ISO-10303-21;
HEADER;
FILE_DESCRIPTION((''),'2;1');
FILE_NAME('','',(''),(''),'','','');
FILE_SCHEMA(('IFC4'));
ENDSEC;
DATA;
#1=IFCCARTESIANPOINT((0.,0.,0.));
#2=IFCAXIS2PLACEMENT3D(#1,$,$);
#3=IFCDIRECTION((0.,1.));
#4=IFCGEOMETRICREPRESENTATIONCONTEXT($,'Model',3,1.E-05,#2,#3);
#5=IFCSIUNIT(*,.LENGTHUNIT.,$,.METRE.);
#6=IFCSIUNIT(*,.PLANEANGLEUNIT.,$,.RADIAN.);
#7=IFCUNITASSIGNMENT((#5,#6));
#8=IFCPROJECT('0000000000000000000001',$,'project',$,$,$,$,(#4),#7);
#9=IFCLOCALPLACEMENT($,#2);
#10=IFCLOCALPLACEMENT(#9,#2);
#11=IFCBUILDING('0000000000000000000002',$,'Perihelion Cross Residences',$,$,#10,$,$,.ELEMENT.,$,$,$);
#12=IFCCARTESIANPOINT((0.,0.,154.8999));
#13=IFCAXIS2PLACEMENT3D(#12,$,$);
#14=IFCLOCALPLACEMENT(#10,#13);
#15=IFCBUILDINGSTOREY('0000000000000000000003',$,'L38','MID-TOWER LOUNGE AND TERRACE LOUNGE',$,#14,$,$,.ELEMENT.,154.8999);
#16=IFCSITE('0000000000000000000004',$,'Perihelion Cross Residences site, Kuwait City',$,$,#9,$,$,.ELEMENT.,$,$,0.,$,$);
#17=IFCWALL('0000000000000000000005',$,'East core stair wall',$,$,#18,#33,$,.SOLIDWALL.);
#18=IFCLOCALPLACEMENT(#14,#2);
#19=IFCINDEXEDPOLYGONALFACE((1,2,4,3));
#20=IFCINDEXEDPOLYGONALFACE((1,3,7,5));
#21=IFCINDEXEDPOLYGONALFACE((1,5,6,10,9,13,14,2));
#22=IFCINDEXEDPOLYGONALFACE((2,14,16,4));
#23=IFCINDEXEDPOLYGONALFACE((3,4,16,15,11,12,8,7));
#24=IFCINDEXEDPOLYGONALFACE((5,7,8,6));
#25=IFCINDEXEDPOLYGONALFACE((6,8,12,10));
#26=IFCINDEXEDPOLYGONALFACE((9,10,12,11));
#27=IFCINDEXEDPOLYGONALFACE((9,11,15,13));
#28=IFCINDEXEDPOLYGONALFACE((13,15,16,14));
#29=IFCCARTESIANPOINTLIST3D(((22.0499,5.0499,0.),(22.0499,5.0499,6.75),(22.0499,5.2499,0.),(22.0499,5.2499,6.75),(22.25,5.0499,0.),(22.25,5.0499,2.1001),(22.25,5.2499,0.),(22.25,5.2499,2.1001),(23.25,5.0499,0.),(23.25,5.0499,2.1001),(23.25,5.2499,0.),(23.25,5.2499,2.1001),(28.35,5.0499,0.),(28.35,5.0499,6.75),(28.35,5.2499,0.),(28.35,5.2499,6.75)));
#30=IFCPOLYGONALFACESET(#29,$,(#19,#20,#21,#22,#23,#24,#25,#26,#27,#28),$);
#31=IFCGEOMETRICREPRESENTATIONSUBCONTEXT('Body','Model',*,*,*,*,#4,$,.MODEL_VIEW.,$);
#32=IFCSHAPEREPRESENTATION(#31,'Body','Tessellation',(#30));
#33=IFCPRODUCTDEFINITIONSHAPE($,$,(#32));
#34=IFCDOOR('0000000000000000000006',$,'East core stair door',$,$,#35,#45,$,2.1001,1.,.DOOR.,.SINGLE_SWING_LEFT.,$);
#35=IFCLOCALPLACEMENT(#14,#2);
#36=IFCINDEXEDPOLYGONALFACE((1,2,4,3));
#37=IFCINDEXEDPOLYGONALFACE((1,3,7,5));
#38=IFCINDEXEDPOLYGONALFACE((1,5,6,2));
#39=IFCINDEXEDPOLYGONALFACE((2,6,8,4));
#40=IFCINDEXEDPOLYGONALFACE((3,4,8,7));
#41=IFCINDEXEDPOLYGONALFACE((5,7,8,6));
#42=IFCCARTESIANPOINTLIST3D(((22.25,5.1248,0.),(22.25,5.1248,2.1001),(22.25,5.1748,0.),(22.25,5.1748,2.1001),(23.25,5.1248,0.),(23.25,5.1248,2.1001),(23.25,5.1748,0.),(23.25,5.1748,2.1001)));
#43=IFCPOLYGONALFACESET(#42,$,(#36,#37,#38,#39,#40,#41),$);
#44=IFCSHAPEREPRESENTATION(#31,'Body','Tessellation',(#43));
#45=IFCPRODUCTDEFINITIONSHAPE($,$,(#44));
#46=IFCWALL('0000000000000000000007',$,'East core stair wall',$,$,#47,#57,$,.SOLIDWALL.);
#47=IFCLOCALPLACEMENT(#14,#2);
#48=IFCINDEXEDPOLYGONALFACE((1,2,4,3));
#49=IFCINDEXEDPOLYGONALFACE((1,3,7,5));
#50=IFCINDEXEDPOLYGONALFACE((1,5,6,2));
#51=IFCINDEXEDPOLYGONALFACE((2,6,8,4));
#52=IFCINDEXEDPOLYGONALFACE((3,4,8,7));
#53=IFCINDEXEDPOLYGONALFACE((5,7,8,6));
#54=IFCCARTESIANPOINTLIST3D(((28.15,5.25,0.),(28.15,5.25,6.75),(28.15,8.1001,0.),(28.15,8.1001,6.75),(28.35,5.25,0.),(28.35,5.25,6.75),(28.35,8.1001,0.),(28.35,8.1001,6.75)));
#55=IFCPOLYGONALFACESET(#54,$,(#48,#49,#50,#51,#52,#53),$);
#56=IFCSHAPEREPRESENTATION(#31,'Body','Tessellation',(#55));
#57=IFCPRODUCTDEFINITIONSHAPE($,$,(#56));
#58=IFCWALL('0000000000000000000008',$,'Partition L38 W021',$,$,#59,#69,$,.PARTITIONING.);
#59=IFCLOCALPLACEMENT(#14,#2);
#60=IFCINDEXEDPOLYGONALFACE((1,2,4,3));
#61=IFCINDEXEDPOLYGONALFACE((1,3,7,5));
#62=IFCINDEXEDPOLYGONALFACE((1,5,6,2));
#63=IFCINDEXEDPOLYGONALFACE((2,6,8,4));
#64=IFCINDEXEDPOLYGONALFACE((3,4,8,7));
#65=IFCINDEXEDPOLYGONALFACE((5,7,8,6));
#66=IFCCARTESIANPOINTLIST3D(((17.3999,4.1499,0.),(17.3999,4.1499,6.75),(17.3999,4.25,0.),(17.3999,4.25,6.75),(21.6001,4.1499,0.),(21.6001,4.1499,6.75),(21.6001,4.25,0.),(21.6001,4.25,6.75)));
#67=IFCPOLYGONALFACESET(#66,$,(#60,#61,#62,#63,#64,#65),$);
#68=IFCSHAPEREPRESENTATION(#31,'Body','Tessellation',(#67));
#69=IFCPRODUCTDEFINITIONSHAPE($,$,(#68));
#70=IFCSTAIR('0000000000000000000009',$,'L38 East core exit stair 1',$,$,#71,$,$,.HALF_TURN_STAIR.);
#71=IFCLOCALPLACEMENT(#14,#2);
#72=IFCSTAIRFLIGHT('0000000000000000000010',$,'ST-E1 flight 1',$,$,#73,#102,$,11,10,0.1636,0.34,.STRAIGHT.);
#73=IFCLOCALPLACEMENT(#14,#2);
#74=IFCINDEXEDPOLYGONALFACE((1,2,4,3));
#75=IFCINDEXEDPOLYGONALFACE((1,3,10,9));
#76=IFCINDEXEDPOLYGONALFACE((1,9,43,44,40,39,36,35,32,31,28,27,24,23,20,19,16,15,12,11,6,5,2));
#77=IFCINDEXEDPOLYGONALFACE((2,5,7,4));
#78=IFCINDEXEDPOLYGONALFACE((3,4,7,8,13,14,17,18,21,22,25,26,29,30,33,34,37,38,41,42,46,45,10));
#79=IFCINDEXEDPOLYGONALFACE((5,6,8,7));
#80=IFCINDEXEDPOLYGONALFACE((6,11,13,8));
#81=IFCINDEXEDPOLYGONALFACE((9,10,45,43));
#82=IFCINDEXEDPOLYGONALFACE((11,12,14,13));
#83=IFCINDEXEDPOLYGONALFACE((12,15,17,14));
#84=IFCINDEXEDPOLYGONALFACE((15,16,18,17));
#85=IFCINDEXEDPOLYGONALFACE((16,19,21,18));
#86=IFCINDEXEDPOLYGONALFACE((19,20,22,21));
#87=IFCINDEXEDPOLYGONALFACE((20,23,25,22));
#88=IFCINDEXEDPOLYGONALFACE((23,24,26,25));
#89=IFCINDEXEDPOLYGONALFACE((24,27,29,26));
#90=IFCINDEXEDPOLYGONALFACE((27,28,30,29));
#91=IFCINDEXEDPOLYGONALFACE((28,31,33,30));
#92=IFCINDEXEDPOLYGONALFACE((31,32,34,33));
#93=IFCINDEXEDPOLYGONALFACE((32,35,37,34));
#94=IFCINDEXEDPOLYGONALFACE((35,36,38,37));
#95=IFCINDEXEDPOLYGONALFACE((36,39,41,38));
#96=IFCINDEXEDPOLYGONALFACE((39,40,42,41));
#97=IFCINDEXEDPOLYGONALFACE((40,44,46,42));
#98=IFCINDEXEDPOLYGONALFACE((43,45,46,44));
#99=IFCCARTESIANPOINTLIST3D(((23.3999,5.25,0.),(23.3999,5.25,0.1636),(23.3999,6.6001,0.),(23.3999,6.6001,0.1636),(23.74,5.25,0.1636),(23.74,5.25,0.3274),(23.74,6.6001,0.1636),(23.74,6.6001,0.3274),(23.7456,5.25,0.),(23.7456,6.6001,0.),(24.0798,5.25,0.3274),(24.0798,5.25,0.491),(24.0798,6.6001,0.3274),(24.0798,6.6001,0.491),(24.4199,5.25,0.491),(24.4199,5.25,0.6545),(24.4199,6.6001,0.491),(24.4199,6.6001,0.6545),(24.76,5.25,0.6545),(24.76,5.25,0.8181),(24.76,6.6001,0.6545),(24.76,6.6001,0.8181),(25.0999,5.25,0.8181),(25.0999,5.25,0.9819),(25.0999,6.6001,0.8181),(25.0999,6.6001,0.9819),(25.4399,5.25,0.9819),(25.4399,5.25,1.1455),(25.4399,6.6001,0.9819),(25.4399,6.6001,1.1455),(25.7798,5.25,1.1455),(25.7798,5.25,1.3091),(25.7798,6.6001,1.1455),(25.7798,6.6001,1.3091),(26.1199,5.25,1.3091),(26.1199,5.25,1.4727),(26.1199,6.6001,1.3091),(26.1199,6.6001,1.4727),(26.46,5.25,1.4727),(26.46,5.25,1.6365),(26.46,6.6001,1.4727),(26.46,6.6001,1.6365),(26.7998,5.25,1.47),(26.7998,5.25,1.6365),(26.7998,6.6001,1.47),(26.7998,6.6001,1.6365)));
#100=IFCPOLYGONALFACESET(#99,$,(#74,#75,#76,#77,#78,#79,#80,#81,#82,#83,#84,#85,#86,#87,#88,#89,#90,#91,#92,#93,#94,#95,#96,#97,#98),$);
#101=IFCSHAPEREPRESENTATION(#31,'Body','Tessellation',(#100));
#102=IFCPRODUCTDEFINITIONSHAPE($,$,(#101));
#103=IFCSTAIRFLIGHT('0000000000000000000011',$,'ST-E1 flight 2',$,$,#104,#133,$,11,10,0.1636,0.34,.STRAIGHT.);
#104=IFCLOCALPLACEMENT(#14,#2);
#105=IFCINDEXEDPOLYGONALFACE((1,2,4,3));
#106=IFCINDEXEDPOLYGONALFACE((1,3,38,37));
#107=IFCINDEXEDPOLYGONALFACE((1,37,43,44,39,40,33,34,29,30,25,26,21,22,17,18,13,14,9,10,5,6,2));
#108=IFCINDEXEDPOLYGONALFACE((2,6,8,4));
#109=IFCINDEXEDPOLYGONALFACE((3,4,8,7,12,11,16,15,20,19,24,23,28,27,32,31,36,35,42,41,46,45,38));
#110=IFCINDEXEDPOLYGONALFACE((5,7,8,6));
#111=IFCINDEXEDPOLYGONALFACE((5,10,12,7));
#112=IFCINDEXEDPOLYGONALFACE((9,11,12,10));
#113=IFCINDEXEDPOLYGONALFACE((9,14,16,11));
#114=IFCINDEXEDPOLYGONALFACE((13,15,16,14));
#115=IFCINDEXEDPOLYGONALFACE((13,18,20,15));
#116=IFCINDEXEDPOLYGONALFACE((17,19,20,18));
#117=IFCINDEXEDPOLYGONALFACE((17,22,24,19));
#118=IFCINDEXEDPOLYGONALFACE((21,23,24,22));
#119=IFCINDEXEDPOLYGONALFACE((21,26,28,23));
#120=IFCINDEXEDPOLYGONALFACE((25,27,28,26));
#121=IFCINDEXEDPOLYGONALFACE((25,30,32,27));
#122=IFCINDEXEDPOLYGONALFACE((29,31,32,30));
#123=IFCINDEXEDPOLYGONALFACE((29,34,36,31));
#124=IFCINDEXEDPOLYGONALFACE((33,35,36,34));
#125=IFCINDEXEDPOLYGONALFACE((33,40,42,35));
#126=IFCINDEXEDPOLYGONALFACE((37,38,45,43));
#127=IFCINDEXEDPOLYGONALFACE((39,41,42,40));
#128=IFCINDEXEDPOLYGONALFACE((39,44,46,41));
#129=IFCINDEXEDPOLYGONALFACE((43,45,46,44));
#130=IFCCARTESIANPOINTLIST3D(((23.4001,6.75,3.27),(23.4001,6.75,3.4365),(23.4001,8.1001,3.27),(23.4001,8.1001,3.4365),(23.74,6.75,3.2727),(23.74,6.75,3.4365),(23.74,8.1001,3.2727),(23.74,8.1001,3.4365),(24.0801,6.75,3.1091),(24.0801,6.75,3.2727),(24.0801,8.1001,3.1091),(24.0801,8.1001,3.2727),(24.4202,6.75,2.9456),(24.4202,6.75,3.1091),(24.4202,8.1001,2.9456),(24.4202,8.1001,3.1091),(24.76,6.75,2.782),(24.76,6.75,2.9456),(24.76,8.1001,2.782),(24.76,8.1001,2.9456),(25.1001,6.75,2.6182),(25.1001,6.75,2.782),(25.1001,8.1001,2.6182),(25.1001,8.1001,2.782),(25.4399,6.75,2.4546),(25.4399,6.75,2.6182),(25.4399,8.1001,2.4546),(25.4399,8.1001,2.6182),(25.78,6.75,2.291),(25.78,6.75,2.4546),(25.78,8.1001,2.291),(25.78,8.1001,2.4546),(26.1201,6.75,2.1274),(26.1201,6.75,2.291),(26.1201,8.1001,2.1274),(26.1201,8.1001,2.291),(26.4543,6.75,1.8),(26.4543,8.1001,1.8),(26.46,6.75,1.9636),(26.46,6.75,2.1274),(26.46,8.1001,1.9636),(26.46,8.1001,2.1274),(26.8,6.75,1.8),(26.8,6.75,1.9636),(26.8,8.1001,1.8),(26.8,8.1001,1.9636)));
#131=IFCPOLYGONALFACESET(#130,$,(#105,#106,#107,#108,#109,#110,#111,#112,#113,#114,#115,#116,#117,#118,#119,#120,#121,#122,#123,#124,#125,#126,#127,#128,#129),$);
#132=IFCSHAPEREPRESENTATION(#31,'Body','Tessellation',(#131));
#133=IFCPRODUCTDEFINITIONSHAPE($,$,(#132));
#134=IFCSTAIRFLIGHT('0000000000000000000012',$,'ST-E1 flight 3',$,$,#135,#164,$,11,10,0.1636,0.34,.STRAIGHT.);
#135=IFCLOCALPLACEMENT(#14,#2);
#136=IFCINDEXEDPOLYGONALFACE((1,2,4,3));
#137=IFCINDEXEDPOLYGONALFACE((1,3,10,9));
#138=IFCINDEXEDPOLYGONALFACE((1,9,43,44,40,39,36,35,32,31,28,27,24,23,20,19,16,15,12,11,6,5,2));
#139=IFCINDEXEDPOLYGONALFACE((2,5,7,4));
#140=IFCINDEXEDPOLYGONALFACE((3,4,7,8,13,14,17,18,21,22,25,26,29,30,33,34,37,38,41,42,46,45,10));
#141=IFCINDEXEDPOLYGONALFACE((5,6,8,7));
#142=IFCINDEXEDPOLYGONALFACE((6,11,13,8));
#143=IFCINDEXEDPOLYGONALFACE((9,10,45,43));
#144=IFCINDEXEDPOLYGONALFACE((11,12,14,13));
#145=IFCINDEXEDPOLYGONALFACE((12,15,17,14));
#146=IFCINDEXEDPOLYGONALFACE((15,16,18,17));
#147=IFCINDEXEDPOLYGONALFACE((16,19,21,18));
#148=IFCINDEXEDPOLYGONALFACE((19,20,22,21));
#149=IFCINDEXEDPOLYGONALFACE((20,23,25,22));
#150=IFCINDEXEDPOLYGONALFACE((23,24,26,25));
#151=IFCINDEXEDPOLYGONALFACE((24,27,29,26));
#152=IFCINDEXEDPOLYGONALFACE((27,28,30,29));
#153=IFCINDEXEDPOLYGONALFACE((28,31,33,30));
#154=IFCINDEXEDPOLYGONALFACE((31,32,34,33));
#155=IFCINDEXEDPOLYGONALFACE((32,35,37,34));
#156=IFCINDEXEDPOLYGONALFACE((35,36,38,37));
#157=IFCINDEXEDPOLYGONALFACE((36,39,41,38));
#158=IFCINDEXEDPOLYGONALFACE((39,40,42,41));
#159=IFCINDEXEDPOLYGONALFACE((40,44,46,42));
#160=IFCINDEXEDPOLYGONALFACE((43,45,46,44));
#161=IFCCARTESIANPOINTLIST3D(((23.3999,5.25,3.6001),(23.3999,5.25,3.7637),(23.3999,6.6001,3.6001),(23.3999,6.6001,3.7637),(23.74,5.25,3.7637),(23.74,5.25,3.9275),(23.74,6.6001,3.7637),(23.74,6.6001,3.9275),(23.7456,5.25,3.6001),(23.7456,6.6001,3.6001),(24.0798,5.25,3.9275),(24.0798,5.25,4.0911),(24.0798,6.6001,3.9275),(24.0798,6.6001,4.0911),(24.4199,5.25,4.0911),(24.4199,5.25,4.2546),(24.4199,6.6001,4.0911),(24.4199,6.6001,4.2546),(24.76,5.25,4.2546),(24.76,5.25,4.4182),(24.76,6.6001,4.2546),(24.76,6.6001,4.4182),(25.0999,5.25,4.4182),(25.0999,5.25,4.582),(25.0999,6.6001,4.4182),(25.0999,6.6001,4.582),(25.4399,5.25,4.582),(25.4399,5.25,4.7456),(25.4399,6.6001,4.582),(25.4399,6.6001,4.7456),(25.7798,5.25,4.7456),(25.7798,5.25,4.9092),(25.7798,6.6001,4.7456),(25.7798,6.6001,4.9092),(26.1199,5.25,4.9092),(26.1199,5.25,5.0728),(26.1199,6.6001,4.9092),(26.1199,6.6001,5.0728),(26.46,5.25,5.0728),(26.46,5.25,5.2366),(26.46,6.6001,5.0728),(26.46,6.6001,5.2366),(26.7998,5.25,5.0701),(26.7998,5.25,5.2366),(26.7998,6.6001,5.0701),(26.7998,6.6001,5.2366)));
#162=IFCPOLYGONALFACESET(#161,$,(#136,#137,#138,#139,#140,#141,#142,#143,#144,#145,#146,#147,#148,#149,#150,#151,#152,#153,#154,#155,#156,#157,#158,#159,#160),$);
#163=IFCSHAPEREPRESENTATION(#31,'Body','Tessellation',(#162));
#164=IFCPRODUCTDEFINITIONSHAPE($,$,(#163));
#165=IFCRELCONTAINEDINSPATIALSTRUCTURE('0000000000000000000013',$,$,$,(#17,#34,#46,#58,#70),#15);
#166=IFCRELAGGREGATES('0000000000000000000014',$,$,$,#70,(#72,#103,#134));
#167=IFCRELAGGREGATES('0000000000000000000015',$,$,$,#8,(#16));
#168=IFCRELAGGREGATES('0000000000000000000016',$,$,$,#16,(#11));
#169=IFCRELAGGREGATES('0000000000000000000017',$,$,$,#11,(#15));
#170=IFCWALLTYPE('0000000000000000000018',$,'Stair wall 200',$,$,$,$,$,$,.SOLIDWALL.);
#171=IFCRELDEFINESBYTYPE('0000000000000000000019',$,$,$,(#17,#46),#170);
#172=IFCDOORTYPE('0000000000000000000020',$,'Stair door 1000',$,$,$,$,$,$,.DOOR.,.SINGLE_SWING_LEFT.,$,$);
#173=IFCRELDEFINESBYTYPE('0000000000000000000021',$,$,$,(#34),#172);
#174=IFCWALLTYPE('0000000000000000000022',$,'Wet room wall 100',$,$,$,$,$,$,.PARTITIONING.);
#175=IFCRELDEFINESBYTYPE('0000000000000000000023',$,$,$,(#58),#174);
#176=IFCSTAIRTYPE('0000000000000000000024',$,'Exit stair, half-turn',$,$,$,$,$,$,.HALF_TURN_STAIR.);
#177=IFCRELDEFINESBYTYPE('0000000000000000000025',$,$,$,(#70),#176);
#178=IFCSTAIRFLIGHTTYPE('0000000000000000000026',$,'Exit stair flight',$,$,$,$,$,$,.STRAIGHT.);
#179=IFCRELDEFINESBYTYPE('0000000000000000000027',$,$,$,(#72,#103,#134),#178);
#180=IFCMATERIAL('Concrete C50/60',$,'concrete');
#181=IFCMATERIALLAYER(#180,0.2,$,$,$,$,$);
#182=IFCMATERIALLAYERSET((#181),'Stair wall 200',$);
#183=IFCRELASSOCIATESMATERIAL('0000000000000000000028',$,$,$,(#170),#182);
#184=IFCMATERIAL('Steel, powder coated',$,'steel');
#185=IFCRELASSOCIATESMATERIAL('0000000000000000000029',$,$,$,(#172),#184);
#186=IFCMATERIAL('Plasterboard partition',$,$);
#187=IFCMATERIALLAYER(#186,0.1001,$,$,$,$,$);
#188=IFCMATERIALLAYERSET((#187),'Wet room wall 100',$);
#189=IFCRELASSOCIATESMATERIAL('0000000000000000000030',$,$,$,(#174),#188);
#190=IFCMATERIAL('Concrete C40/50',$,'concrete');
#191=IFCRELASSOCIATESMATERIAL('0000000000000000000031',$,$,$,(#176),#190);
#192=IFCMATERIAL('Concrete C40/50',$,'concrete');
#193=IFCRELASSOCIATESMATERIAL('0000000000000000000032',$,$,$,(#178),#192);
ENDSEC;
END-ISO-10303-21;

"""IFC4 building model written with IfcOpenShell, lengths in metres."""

from ifc_helpers import new_model, si_unit, direction, frame, frame_2d, origin, place, context, subcontext, project, spatial, polyline, rectangle, outline, extrude, material, layer, layer_set, type_object, element, fill, aggregate, save


model = new_model("IFC4")

# Units and contexts
model_context = context("Model", 3, precision=1e-05, world=origin(), true_north=direction((0.0, 1.0)))
body_context = subcontext(model_context, "Body", "Model", "MODEL_VIEW")
ifc_project = project(units=[si_unit("LENGTHUNIT", "METRE"), si_unit("PLANEANGLEUNIT", "RADIAN")], contexts=[model_context])

# Site, building, storey
site_placement = place(None, origin())
site = spatial("IfcSite", under=ifc_project, at=site_placement, Name="Perihelion Cross Residences site, Kuwait City", CompositionType="ELEMENT", RefElevation=0.0)
building_placement = place(site_placement, origin())
building = spatial("IfcBuilding", under=site, at=building_placement, Name="Perihelion Cross Residences", CompositionType="ELEMENT")
storey_placement = place(building_placement, frame((0.0, 0.0, 154.8999)))
storey = spatial("IfcBuildingStorey", under=building, at=storey_placement, Name="L38", Description="MID-TOWER LOUNGE AND TERRACE LOUNGE", CompositionType="ELEMENT", Elevation=154.8999)

# Wall, opening, door
ifc_material_1 = material(Name="Concrete C50/60", Category="concrete")
ifc_layer_1 = layer(ifc_material_1, 0.2)
ifc_layer_set_1 = layer_set([ifc_layer_1], Name="Stair wall 200")
wall_type_1 = type_object("IfcWallType", Name="Stair wall 200", PredefinedType="SOLIDWALL", material=ifc_layer_set_1)
wall_1_placement = place(storey_placement, frame((22.05, 5.1499, 0.0), z_axis=(0.0, 0.0, 1.0), x_axis=(1.0, 0.0, 0.0)))
wall_1 = element("IfcWall", 1, at=wall_1_placement, inside=storey, type_object=wall_type_1, Name="East core stair wall", PredefinedType="SOLIDWALL", context=body_context, shape_type="SweptSolid", body=[
    extrude(rectangle(XDim=6.3, YDim=0.2, at=frame_2d((3.1499, 0.0))), origin(), (0.0, 0.0, 1.0), 6.75),
])
opening_1_placement = place(wall_1_placement, frame((0.2, 0.0, 0.0)))
opening_1 = element("IfcOpeningElement", 2, at=opening_1_placement, cuts=wall_1, PredefinedType="OPENING", context=body_context, shape_type="SweptSolid", body=[
    extrude(rectangle(XDim=1.0, YDim=2.1001, at=frame_2d((0.5, 1.05))), frame((0.0, 0.1099, 0.0), z_axis=(0.0, -1.0, 0.0), x_axis=(1.0, 0.0, 0.0)), (0.0, 0.0, 1.0), 0.22),
])
ifc_material_2 = material(Name="Steel, powder coated", Category="steel")
door_type_1 = type_object("IfcDoorType", Name="Stair door 1000", OperationType="SINGLE_SWING_LEFT", PredefinedType="DOOR", material=ifc_material_2)
door_1_placement = place(opening_1_placement, origin())
door_1 = element("IfcDoor", 3, at=door_1_placement, inside=storey, type_object=door_type_1, Name="East core stair door", OperationType="SINGLE_SWING_LEFT", OverallHeight=2.1001, OverallWidth=1.0, PredefinedType="DOOR", context=body_context, shape_type="SweptSolid", body=[
    extrude(rectangle(XDim=1.0, YDim=2.1001, at=frame_2d((0.5, 1.05))), frame((0.0, 0.0249, 0.0), z_axis=(0.0, -1.0, 0.0), x_axis=(1.0, 0.0, 0.0)), (0.0, 0.0, 1.0), 0.05),
])
fill(opening_1, door_1)

# Walls
wall_2_placement = place(storey_placement, frame((28.25, 5.25, 0.0), z_axis=(0.0, 0.0, 1.0), x_axis=(0.0, 1.0, 0.0)))
element("IfcWall", 4, at=wall_2_placement, inside=storey, type_object=wall_type_1, Name="East core stair wall", PredefinedType="SOLIDWALL", context=body_context, shape_type="SweptSolid", body=[
    extrude(rectangle(XDim=2.8501, YDim=0.2, at=frame_2d((1.425, 0.0))), origin(), (0.0, 0.0, 1.0), 6.75),
])
ifc_material_3 = material(Name="Plasterboard partition")
ifc_layer_2 = layer(ifc_material_3, 0.1001)
ifc_layer_set_2 = layer_set([ifc_layer_2], Name="Wet room wall 100")
wall_type_2 = type_object("IfcWallType", Name="Wet room wall 100", PredefinedType="PARTITIONING", material=ifc_layer_set_2)
wall_3_placement = place(storey_placement, frame((21.6001, 4.2, 0.0), z_axis=(0.0, 0.0, 1.0), x_axis=(-1.0, 0.0, 0.0)))
element("IfcWall", 5, at=wall_3_placement, inside=storey, type_object=wall_type_2, Name="Partition L38 W021", PredefinedType="PARTITIONING", context=body_context, shape_type="SweptSolid", body=[
    extrude(rectangle(XDim=4.2002, YDim=0.1001, at=frame_2d((2.1001, 0.0))), origin(), (0.0, 0.0, 1.0), 6.75),
])

# Stair, stair flights
ifc_material_4 = material(Name="Concrete C40/50", Category="concrete")
stair_type = type_object("IfcStairType", Name="Exit stair, half-turn", PredefinedType="HALF_TURN_STAIR", material=ifc_material_4)
stair_placement = place(storey_placement, origin())
stair = element("IfcStair", 6, at=stair_placement, inside=storey, type_object=stair_type, Name="L38 East core exit stair 1", PredefinedType="HALF_TURN_STAIR")
ifc_material_5 = material(Name="Concrete C40/50", Category="concrete")
stair_flight_type = type_object("IfcStairFlightType", Name="Exit stair flight", PredefinedType="STRAIGHT", material=ifc_material_5)
stair_flight_1_placement = place(storey_placement, frame((23.3999, 5.925, 0.0), z_axis=(0.0, 0.0, 1.0), x_axis=(1.0, 0.0, 0.0)))
stair_flight_1 = element("IfcStairFlight", 7, at=stair_flight_1_placement, type_object=stair_flight_type, Name="ST-E1 flight 1", NumberOfRisers=11, NumberOfTreads=10, PredefinedType="STRAIGHT", RiserHeight=0.1636, TreadLength=0.34, context=body_context, shape_type="SweptSolid", body=[
    extrude(outline(polyline([(0.0, 0.0), (0.0, 0.1636), (0.3401, 0.1636), (0.3401, 0.3274), (0.6799, 0.3274), (0.6799, 0.491), (1.02, 0.491), (1.02, 0.6545), (1.3601, 0.6545), (1.3601, 0.8181), (1.7, 0.8181), (1.7, 0.9819), (2.04, 0.9819), (2.04, 1.1455), (2.3799, 1.1455), (2.3799, 1.3091), (2.72, 1.3091), (2.72, 1.4727), (3.0601, 1.4727), (3.0601, 1.6365), (3.3999, 1.6365), (3.3999, 1.8), (3.3999, 1.47), (0.3457, 0.0), (0.0, 0.0)])), frame((0.0, 0.675, 0.0), z_axis=(0.0, -1.0, 0.0), x_axis=(1.0, 0.0, 0.0)), (0.0, 0.0, 1.0), 1.3501),
])
stair_flight_2_placement = place(storey_placement, frame((26.8, 7.425, 1.8), z_axis=(0.0, 0.0, 1.0), x_axis=(-1.0, 0.0, 0.0)))
stair_flight_2 = element("IfcStairFlight", 8, at=stair_flight_2_placement, type_object=stair_flight_type, Name="ST-E1 flight 2", NumberOfRisers=11, NumberOfTreads=10, PredefinedType="STRAIGHT", RiserHeight=0.1636, TreadLength=0.34, context=body_context, shape_type="SweptSolid", body=[
    extrude(outline(polyline([(0.0, 0.0), (0.0, 0.1636), (0.3401, 0.1636), (0.3401, 0.3274), (0.6799, 0.3274), (0.6799, 0.491), (1.02, 0.491), (1.02, 0.6545), (1.3601, 0.6545), (1.3601, 0.8181), (1.7, 0.8181), (1.7, 0.9819), (2.04, 0.9819), (2.04, 1.1455), (2.3799, 1.1455), (2.3799, 1.3091), (2.72, 1.3091), (2.72, 1.4727), (3.0601, 1.4727), (3.0601, 1.6365), (3.3999, 1.6365), (3.3999, 1.8), (3.3999, 1.47), (0.3457, 0.0), (0.0, 0.0)])), frame((0.0, 0.675, 0.0), z_axis=(0.0, -1.0, 0.0), x_axis=(1.0, 0.0, 0.0)), (0.0, 0.0, 1.0), 1.3501),
])
stair_flight_3_placement = place(storey_placement, frame((23.3999, 5.925, 3.6001), z_axis=(0.0, 0.0, 1.0), x_axis=(1.0, 0.0, 0.0)))
stair_flight_3 = element("IfcStairFlight", 9, at=stair_flight_3_placement, type_object=stair_flight_type, Name="ST-E1 flight 3", NumberOfRisers=11, NumberOfTreads=10, PredefinedType="STRAIGHT", RiserHeight=0.1636, TreadLength=0.34, context=body_context, shape_type="SweptSolid", body=[
    extrude(outline(polyline([(0.0, 0.0), (0.0, 0.1636), (0.3401, 0.1636), (0.3401, 0.3274), (0.6799, 0.3274), (0.6799, 0.491), (1.02, 0.491), (1.02, 0.6545), (1.3601, 0.6545), (1.3601, 0.8181), (1.7, 0.8181), (1.7, 0.9819), (2.04, 0.9819), (2.04, 1.1455), (2.3799, 1.1455), (2.3799, 1.3091), (2.72, 1.3091), (2.72, 1.4727), (3.0601, 1.4727), (3.0601, 1.6365), (3.3999, 1.6365), (3.3999, 1.8), (3.3999, 1.47), (0.3457, 0.0), (0.0, 0.0)])), frame((0.0, 0.675, 0.0), z_axis=(0.0, -1.0, 0.0), x_axis=(1.0, 0.0, 0.0)), (0.0, 0.0, 1.0), 1.3501),
])
aggregate(stair, [stair_flight_1, stair_flight_2, stair_flight_3])

save(model, "model.ifc")
